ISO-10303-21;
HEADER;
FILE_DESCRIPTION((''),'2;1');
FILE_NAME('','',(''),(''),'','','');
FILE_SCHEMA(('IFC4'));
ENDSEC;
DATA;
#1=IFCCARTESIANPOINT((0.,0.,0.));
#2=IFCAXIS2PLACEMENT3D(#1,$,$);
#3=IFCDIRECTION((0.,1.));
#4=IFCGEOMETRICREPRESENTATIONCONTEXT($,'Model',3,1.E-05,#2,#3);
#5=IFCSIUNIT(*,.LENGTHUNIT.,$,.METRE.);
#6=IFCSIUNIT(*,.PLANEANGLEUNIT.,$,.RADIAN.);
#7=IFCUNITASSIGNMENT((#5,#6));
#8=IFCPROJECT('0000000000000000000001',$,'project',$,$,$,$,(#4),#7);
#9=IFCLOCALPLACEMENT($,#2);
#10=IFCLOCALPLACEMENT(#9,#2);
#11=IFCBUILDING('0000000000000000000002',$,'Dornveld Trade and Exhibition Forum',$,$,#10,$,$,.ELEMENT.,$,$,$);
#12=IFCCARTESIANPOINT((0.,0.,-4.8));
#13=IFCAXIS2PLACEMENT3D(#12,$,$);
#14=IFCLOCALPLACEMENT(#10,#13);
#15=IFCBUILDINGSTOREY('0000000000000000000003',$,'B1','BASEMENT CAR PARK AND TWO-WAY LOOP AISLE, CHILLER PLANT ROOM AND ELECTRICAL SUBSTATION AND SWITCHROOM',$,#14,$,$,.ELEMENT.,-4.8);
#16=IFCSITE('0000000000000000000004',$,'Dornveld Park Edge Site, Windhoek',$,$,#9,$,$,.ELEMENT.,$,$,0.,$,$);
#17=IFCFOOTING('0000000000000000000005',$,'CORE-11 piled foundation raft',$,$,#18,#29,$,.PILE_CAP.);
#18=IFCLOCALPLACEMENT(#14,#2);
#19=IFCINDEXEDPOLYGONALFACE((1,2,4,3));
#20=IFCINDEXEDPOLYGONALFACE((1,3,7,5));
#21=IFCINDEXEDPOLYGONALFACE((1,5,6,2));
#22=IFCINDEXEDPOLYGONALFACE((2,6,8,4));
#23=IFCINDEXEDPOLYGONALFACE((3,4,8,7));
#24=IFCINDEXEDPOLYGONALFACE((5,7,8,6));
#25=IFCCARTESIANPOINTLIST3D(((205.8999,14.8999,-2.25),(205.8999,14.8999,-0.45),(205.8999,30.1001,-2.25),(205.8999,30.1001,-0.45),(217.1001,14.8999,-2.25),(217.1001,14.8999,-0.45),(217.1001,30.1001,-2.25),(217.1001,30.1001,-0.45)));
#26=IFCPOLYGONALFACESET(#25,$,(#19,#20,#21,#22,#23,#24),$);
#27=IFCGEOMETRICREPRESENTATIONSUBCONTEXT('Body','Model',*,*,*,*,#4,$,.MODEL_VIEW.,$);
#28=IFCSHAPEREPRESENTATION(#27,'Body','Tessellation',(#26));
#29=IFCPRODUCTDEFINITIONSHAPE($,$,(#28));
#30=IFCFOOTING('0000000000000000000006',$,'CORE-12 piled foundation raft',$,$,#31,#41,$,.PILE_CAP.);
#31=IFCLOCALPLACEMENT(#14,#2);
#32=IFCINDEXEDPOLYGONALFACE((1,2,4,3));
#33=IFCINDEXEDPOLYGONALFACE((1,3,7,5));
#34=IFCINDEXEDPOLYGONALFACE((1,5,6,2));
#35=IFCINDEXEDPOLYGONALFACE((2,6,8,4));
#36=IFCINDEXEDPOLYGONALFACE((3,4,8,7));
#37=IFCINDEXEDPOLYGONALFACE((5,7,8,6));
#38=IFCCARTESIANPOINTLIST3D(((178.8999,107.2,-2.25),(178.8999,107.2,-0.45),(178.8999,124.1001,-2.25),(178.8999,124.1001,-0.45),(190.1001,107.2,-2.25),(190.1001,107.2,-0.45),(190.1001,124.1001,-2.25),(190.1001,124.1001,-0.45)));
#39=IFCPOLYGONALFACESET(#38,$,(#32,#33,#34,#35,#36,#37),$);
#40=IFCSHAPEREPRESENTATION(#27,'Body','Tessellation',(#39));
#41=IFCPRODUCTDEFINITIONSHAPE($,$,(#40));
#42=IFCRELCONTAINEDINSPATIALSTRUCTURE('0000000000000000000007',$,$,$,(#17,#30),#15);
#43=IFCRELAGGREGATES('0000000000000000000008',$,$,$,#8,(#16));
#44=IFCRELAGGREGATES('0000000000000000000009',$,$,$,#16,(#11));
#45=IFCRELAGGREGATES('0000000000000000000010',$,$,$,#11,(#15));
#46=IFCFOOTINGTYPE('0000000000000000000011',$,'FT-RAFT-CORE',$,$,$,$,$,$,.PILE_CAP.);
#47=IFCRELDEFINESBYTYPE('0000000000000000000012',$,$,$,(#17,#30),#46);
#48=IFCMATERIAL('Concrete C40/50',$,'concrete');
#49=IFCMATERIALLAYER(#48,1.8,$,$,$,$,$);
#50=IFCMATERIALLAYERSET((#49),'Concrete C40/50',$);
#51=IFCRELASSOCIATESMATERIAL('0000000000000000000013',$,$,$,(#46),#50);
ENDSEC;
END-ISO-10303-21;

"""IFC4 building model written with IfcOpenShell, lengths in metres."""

from ifc_helpers import new_model, si_unit, direction, frame, origin, place, context, subcontext, project, spatial, polyline, outline, extrude, material, layer, layer_set, type_object, element, save


model = new_model("IFC4")

# Units and contexts
model_context = context("Model", 3, precision=1e-05, world=origin(), true_north=direction((0.0, 1.0)))
body_context = subcontext(model_context, "Body", "Model", "MODEL_VIEW")
ifc_project = project(units=[si_unit("LENGTHUNIT", "METRE"), si_unit("PLANEANGLEUNIT", "RADIAN")], contexts=[model_context])

# Site, building, storey
site_placement = place(None, origin())
site = spatial("IfcSite", under=ifc_project, at=site_placement, Name="Dornveld Park Edge Site, Windhoek", CompositionType="ELEMENT", RefElevation=0.0)
building_placement = place(site_placement, origin())
building = spatial("IfcBuilding", under=site, at=building_placement, Name="Dornveld Trade and Exhibition Forum", CompositionType="ELEMENT")
storey_placement = place(building_placement, frame((0.0, 0.0, -4.8)))
storey = spatial("IfcBuildingStorey", under=building, at=storey_placement, Name="B1", Description="BASEMENT CAR PARK AND TWO-WAY LOOP AISLE, CHILLER PLANT ROOM AND ELECTRICAL SUBSTATION AND SWITCHROOM", CompositionType="ELEMENT", Elevation=-4.8)

# Footings
ifc_material_1 = material(Name="Concrete C40/50", Category="concrete")
ifc_layer_1 = layer(ifc_material_1, 1.8)
ifc_layer_set_1 = layer_set([ifc_layer_1], Name="Concrete C40/50")
footing_type_1 = type_object("IfcFootingType", Name="FT-RAFT-CORE", PredefinedType="PILE_CAP", material=ifc_layer_set_1)
footing_1_placement = place(storey_placement, frame((0.0, 0.0, -2.25)))
element("IfcFooting", 1, at=footing_1_placement, inside=storey, type_object=footing_type_1, Name="CORE-11 piled foundation raft", PredefinedType="PILE_CAP", context=body_context, shape_type="SweptSolid", body=[
    extrude(outline(polyline([(205.8999, 14.8999), (217.1001, 14.8999), (217.1001, 30.1001), (205.8999, 30.1001), (205.8999, 14.8999)])), origin(), (0.0, 0.0, 1.0), 1.8),
])
footing_2_placement = place(storey_placement, frame((0.0, 0.0, -2.25)))
element("IfcFooting", 2, at=footing_2_placement, inside=storey, type_object=footing_type_1, Name="CORE-12 piled foundation raft", PredefinedType="PILE_CAP", context=body_context, shape_type="SweptSolid", body=[
    extrude(outline(polyline([(178.8999, 107.2), (190.1001, 107.2), (190.1001, 124.1001), (178.8999, 124.1001), (178.8999, 107.2)])), origin(), (0.0, 0.0, 1.0), 1.8),
])

save(model, "model.ifc")
